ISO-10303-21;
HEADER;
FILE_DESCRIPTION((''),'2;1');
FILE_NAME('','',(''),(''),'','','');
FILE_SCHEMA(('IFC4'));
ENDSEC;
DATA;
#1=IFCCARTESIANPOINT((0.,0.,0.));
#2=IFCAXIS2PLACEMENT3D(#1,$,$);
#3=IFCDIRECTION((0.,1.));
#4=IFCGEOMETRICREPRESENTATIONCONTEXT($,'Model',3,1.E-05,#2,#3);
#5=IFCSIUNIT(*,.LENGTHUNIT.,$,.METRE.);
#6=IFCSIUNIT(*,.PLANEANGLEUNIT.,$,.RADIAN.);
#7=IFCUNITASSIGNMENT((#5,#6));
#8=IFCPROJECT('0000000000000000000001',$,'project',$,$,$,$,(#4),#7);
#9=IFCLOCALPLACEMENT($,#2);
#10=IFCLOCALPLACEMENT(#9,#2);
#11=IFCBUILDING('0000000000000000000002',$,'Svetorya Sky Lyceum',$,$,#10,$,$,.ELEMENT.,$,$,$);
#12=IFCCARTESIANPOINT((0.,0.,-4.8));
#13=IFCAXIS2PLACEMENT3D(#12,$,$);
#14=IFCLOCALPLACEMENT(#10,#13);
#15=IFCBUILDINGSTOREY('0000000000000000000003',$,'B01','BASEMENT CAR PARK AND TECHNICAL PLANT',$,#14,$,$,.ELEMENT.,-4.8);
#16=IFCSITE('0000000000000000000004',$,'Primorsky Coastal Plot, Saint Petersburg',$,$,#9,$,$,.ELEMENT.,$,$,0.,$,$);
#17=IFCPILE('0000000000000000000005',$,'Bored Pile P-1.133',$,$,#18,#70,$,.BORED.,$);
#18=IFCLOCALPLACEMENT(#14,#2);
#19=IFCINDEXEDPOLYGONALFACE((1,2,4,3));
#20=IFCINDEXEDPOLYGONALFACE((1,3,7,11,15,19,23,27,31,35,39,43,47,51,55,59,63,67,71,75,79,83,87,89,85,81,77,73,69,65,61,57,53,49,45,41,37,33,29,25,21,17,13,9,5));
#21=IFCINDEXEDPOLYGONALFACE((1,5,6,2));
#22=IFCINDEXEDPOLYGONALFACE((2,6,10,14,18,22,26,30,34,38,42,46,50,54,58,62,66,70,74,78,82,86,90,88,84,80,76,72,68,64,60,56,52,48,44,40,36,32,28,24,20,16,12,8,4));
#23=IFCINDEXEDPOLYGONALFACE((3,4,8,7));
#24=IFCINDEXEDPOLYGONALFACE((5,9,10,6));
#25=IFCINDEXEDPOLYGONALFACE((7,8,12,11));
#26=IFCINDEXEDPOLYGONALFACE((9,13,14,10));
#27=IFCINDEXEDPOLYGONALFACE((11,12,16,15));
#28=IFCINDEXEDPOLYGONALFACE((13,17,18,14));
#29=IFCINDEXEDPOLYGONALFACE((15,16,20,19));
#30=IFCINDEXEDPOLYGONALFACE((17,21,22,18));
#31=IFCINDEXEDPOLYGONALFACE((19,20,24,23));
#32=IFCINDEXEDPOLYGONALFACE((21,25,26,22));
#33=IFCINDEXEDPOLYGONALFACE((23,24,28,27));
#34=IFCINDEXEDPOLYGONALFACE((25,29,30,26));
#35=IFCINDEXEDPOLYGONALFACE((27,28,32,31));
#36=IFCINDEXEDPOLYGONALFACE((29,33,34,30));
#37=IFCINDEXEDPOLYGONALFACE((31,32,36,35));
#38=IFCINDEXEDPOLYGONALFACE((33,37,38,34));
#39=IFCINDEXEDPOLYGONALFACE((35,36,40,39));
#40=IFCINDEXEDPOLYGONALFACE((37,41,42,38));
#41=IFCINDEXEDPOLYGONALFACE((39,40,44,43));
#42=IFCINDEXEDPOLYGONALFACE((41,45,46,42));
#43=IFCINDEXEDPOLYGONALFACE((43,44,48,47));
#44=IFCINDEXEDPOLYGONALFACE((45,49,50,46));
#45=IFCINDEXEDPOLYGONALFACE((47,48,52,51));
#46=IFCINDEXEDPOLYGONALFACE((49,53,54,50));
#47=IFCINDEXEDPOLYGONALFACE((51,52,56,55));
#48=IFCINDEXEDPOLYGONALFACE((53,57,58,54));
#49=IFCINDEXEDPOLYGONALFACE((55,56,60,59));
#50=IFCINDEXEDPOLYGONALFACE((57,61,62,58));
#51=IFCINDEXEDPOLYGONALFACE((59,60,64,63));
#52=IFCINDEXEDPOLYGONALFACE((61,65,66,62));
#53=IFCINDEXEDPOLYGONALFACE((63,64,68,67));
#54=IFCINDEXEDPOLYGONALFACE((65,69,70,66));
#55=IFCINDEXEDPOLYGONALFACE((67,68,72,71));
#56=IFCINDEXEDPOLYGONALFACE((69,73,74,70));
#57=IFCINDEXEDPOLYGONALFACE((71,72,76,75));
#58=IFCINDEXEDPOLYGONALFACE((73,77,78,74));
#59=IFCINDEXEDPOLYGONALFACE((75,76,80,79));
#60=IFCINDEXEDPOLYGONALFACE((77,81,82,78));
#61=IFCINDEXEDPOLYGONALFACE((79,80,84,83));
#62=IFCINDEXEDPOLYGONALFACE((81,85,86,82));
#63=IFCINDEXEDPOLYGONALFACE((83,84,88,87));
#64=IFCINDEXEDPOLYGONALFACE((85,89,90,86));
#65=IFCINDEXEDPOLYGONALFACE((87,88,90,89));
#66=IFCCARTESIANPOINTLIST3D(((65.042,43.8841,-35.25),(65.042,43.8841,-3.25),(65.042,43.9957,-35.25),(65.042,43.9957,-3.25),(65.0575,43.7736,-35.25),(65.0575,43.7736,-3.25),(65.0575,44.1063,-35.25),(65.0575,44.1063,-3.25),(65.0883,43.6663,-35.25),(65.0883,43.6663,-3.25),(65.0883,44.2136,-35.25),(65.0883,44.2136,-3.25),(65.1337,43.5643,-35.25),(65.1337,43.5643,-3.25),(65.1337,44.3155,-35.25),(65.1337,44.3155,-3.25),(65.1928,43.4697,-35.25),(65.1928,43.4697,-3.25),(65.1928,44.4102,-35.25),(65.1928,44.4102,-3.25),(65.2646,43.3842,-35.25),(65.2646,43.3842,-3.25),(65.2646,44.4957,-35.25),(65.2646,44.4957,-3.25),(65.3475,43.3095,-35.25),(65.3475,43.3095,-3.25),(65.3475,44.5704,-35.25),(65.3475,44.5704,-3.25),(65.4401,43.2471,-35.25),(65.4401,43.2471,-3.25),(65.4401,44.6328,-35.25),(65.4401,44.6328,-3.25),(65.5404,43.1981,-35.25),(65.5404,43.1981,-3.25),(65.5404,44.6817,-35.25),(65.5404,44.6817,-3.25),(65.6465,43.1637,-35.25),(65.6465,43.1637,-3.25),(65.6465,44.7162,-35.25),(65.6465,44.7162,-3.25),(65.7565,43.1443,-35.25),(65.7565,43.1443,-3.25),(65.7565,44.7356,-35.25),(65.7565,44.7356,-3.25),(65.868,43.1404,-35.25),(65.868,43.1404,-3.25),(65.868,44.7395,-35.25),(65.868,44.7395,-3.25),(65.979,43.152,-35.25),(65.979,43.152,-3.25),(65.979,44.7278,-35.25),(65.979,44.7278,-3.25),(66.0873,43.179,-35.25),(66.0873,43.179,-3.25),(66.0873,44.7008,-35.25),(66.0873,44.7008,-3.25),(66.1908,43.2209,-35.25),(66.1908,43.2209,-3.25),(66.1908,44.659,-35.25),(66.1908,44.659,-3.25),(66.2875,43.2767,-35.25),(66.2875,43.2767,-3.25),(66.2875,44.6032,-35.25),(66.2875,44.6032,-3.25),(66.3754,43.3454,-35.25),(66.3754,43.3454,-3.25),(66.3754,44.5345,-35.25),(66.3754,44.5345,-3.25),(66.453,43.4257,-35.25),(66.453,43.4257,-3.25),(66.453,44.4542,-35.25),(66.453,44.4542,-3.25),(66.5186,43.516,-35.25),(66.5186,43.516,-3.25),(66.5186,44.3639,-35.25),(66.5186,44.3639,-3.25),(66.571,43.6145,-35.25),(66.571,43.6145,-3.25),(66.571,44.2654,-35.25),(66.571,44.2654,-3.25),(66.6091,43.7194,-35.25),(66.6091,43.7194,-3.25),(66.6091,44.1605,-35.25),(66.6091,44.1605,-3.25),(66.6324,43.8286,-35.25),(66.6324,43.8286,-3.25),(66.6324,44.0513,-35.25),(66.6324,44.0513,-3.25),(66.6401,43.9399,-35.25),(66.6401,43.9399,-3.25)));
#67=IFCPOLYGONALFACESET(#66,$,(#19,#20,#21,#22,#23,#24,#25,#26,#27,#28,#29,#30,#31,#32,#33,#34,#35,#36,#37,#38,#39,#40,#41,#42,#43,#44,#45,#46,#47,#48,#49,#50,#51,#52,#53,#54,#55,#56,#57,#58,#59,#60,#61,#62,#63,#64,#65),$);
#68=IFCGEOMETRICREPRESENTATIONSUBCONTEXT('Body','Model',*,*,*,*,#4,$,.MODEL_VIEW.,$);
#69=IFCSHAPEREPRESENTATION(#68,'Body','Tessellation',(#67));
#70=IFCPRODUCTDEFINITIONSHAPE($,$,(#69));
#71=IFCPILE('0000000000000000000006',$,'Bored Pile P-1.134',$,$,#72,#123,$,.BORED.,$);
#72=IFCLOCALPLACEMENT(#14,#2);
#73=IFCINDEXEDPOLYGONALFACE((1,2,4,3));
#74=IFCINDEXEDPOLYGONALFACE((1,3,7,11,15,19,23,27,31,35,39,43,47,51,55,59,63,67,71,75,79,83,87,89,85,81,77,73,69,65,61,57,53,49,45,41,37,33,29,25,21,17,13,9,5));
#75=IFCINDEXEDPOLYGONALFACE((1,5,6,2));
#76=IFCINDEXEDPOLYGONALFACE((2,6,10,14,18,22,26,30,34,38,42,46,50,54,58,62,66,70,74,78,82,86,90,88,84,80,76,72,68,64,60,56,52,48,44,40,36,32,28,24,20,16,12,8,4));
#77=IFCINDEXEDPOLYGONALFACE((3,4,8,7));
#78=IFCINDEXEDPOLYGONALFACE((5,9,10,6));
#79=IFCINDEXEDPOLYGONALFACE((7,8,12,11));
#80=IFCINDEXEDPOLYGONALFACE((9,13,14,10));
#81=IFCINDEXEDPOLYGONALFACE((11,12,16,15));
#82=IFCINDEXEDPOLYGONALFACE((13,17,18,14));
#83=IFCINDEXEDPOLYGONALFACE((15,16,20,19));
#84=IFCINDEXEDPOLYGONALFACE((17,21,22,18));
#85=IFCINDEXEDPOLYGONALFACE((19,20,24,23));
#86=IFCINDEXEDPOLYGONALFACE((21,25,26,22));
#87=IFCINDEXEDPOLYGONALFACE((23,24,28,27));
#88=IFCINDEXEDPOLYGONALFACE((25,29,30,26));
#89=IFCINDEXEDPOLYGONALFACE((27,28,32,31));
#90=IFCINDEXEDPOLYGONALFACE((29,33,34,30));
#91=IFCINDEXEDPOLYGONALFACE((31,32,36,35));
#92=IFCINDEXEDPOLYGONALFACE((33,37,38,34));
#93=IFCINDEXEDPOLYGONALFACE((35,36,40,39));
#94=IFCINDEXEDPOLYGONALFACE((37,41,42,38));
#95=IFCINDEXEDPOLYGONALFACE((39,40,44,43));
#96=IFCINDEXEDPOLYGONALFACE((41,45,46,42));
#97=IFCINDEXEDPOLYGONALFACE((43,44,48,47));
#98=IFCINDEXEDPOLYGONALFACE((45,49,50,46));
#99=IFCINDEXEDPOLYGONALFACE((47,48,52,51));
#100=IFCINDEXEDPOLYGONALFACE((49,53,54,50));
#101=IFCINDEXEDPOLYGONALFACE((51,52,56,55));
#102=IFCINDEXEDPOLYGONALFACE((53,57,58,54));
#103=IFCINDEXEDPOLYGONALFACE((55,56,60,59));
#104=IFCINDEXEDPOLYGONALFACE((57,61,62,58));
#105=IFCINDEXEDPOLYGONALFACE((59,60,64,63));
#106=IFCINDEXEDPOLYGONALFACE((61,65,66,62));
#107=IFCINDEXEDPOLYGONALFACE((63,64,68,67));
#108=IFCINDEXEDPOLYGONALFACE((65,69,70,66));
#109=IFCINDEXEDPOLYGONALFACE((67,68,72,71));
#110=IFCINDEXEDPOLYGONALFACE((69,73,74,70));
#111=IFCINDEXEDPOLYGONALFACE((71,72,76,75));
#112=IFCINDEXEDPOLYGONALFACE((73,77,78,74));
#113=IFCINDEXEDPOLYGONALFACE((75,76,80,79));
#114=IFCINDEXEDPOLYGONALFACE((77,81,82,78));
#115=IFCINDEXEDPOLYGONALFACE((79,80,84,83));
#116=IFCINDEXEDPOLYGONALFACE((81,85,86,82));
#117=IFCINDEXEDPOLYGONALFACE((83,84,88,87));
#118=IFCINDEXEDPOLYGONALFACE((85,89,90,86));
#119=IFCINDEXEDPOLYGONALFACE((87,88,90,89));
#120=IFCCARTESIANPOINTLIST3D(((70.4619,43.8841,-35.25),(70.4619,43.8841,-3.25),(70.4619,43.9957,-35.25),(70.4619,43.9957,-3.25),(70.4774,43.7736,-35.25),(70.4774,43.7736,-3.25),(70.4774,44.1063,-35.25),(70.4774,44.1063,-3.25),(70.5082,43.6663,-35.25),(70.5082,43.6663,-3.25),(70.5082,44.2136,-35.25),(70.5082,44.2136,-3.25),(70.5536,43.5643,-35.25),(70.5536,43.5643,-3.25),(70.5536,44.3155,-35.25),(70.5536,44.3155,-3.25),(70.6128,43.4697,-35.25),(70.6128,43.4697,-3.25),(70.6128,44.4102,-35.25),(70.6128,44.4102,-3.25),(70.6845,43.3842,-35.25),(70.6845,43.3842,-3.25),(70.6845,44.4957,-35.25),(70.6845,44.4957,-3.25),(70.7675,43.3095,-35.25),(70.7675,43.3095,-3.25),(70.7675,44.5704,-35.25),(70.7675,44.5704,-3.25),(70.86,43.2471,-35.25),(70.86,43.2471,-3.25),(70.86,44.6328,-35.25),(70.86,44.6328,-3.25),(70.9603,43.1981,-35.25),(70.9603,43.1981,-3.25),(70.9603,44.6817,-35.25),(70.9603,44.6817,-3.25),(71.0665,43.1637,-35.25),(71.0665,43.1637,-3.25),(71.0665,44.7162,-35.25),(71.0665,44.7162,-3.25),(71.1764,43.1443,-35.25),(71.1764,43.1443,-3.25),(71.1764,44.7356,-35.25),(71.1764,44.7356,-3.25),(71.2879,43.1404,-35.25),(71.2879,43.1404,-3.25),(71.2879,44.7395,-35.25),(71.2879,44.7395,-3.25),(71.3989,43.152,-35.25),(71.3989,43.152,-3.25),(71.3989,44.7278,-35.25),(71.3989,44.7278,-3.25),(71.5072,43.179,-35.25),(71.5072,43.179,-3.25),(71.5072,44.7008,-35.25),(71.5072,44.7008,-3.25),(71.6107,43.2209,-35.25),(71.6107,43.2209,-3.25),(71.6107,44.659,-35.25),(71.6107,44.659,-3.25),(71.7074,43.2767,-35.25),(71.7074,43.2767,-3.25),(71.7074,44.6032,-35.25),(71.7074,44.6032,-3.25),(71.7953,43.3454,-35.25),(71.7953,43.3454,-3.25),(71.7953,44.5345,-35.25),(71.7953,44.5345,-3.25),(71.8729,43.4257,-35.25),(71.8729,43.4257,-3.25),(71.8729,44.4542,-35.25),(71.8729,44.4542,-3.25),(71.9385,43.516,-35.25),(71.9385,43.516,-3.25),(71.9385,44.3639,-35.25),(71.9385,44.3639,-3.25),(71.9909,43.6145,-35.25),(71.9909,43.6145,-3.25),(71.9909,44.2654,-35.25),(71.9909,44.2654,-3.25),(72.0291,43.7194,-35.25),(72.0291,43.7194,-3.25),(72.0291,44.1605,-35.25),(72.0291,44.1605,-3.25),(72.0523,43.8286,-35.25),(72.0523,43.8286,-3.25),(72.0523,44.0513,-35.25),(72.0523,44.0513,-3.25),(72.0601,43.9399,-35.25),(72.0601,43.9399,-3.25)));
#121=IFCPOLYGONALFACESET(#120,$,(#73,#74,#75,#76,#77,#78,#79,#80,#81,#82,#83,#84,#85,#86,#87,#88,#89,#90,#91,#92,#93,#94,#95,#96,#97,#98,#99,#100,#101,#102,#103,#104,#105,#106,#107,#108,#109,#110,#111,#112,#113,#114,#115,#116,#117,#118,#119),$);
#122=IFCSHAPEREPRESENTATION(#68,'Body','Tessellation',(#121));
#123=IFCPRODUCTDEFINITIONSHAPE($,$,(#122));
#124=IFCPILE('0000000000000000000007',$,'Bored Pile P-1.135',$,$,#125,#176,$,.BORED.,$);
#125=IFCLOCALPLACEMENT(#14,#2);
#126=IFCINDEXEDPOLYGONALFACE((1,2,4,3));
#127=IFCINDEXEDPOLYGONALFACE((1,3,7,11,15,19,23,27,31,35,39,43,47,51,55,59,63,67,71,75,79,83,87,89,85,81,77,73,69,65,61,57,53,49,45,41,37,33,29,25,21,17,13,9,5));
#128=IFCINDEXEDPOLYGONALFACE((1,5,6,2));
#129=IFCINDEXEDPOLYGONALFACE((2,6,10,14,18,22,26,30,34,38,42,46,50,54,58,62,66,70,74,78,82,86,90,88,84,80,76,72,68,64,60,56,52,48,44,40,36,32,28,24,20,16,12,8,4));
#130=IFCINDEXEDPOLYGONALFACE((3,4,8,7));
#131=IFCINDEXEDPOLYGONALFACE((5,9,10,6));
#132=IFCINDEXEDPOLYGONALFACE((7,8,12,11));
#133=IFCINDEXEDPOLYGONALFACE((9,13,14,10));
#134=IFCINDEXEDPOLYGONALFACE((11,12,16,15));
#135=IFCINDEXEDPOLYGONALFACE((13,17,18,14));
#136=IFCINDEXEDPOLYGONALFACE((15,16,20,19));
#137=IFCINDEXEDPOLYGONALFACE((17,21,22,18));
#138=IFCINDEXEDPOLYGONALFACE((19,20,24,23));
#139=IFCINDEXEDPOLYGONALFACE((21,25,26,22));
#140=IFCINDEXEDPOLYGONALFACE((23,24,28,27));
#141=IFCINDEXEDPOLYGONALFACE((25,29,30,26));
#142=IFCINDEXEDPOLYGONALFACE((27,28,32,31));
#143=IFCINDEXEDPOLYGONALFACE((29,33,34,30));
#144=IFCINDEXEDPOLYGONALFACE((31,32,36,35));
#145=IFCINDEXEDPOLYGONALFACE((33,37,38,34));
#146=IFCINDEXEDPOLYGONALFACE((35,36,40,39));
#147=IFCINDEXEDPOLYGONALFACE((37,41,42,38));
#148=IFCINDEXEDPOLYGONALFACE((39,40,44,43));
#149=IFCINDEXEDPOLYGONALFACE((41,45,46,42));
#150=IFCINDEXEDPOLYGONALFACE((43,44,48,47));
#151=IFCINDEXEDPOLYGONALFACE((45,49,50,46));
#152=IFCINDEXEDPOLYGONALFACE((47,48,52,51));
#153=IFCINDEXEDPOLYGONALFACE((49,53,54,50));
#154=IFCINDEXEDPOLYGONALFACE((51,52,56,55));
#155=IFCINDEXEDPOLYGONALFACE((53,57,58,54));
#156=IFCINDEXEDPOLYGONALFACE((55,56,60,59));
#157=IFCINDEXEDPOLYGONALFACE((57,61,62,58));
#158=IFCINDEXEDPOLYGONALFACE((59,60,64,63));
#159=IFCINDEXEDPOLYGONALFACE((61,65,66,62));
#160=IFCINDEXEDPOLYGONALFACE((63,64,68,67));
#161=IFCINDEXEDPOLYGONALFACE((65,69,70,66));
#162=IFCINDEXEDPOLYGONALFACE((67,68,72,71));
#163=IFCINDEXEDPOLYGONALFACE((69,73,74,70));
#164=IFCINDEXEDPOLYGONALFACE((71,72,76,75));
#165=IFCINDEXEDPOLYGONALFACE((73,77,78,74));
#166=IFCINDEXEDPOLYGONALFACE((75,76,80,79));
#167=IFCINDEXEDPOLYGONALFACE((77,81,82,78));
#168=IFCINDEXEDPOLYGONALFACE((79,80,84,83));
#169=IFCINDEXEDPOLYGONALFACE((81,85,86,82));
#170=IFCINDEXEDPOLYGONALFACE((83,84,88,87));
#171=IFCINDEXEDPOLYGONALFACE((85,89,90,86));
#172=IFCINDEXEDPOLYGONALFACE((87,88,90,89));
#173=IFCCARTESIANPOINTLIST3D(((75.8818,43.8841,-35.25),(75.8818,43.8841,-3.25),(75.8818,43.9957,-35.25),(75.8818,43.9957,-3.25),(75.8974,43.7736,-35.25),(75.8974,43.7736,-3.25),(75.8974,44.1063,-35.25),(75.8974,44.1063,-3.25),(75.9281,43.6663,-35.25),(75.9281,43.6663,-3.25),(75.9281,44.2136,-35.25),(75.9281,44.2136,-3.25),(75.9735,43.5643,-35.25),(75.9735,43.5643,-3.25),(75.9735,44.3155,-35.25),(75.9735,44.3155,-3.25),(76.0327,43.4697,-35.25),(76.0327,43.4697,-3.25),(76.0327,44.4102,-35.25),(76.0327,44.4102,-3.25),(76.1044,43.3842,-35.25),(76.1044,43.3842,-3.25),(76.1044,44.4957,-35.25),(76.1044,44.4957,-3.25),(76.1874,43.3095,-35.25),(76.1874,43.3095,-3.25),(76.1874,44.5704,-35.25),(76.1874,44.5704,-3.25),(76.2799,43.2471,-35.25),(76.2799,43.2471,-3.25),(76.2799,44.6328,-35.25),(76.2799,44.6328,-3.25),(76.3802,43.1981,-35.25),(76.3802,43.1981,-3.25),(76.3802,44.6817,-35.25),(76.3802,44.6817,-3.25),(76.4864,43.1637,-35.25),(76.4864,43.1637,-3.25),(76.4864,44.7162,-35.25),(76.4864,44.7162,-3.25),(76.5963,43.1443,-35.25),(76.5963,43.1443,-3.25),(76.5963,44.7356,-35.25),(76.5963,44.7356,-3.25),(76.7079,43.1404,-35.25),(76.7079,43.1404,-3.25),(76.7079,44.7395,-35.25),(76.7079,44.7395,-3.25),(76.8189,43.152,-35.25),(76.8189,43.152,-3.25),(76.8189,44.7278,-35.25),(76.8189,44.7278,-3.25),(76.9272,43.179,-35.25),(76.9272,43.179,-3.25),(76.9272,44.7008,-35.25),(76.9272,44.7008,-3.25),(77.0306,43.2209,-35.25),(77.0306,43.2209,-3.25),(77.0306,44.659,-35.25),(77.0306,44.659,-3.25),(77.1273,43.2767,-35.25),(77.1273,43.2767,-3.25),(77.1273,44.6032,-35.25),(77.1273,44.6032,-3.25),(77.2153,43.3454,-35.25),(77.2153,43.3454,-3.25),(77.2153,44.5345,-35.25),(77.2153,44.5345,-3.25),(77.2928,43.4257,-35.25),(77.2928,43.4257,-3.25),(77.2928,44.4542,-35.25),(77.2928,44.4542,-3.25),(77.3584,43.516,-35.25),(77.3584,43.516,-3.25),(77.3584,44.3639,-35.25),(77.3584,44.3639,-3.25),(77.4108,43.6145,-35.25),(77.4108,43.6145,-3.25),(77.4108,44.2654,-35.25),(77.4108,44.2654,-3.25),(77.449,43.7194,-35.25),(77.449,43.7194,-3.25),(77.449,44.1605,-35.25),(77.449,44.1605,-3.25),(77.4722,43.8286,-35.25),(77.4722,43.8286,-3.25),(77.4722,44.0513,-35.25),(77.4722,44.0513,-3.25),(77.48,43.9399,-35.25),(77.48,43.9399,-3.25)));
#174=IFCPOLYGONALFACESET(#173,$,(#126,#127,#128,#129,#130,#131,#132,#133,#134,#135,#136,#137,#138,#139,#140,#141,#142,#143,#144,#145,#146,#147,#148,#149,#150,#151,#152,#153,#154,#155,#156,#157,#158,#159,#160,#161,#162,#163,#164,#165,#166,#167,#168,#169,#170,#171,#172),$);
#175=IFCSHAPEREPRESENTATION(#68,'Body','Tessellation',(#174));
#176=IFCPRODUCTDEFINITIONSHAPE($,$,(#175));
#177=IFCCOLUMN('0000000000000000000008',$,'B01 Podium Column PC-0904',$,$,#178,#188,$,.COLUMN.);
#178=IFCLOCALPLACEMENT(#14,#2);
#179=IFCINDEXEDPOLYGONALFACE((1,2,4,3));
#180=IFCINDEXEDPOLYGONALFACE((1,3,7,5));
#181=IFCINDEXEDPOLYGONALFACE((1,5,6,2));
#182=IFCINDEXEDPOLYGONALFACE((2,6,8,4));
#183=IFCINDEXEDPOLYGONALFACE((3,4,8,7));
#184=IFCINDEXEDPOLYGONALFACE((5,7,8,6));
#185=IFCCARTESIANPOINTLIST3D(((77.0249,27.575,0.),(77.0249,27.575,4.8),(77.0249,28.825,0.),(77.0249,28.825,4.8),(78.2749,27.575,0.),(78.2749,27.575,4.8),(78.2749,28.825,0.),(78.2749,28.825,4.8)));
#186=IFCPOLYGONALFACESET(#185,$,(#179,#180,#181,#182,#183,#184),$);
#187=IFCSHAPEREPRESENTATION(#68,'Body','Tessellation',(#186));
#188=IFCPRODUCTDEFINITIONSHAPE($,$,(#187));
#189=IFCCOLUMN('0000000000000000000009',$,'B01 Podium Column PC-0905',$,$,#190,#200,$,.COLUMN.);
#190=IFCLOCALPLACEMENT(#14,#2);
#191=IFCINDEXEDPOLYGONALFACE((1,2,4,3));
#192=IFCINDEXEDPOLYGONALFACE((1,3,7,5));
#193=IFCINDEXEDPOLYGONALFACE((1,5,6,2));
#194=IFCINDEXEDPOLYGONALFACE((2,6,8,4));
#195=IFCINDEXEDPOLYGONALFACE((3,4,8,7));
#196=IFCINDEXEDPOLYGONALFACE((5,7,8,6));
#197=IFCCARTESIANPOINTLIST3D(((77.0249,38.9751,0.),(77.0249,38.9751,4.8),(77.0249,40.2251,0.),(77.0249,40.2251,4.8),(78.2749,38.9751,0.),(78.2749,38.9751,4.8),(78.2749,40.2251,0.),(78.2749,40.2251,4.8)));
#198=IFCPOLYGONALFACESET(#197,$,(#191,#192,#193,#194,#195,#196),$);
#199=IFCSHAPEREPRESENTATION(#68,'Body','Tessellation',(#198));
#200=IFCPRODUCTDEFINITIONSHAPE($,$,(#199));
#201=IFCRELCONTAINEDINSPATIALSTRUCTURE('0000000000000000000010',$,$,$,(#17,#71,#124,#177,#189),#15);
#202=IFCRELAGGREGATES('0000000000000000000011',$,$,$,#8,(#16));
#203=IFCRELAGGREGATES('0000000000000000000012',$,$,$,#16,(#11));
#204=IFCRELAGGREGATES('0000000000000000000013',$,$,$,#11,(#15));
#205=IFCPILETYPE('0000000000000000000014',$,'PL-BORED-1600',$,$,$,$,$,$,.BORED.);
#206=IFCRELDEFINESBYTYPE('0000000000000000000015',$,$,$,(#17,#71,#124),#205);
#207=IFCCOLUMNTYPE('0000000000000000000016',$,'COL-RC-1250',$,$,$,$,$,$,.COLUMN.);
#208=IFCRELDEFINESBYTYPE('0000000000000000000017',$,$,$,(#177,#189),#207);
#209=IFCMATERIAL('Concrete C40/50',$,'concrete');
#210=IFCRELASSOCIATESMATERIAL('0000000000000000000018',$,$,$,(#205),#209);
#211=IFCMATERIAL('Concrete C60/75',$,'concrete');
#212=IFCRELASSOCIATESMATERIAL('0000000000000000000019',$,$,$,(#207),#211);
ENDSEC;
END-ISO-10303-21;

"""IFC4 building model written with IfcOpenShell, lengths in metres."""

from ifc_helpers import new_model, si_unit, direction, frame, origin, origin_2d, place, context, subcontext, project, spatial, rectangle, circle, extrude, material, material_profile, profile_set, type_object, element, save


model = new_model("IFC4")

# Units and contexts
model_context = context("Model", 3, precision=1e-05, world=origin(), true_north=direction((0.0, 1.0)))
body_context = subcontext(model_context, "Body", "Model", "MODEL_VIEW")
ifc_project = project(units=[si_unit("LENGTHUNIT", "METRE"), si_unit("PLANEANGLEUNIT", "RADIAN")], contexts=[model_context])

# Site, building, storey
site_placement = place(None, origin())
site = spatial("IfcSite", under=ifc_project, at=site_placement, Name="Primorsky Coastal Plot, Saint Petersburg", CompositionType="ELEMENT", RefElevation=0.0)
building_placement = place(site_placement, origin())
building = spatial("IfcBuilding", under=site, at=building_placement, Name="Svetorya Sky Lyceum", CompositionType="ELEMENT")
storey_placement = place(building_placement, frame((0.0, 0.0, -4.8)))
storey = spatial("IfcBuildingStorey", under=building, at=storey_placement, Name="B01", Description="BASEMENT CAR PARK AND TECHNICAL PLANT", CompositionType="ELEMENT", Elevation=-4.8)

# Piles
ifc_material_1 = material(Name="Concrete C40/50", Category="concrete")
ifc_material_profile_1 = material_profile(ifc_material_1, circle(Radius=0.8, at=origin_2d()), Name="RC PILE D1600")
ifc_profile_set_1 = profile_set([ifc_material_profile_1], Name="Concrete C40/50")
pile_type = type_object("IfcPileType", Name="PL-BORED-1600", PredefinedType="BORED", material=ifc_profile_set_1)
for number, where, z_axis, x_axis, name in (
    (1, (65.8401, 43.9399, -3.25), (0.0, 0.0, -1.0), (1.0, 0.0, 0.0), "Bored Pile P-1.133"),
    (2, (71.26, 43.9399, -3.25), (0.0, 0.0, -1.0), (1.0, 0.0, 0.0), "Bored Pile P-1.134"),
    (3, (76.6799, 43.9399, -3.25), (0.0, 0.0, -1.0), (1.0, 0.0, 0.0), "Bored Pile P-1.135"),
):
    element("IfcPile", number, at=place(storey_placement, frame(where, z_axis=z_axis, x_axis=x_axis)), inside=storey, type_object=pile_type, Name=name, PredefinedType="BORED", context=body_context, shape_type="SweptSolid", body=[
        extrude(circle(Radius=0.8, at=origin_2d()), origin(), (0.0, 0.0, 1.0), 32.0),
    ])

# Columns
ifc_material_2 = material(Name="Concrete C60/75", Category="concrete")
ifc_material_profile_2 = material_profile(ifc_material_2, rectangle(XDim=1.25, YDim=1.25, at=origin_2d()), Name="RC COL 1250x1250")
ifc_profile_set_2 = profile_set([ifc_material_profile_2], Name="Concrete C60/75")
column_type_1 = type_object("IfcColumnType", Name="COL-RC-1250", PredefinedType="COLUMN", material=ifc_profile_set_2)
for number, where, z_axis, x_axis, name in (
    (4, (77.6499, 28.2, 0.0), (0.0, 0.0, 1.0), (1.0, 0.0, 0.0), "B01 Podium Column PC-0904"),
    (5, (77.6499, 39.6001, 0.0), (0.0, 0.0, 1.0), (1.0, 0.0, 0.0), "B01 Podium Column PC-0905"),
):
    element("IfcColumn", number, at=place(storey_placement, frame(where, z_axis=z_axis, x_axis=x_axis)), inside=storey, type_object=column_type_1, Name=name, PredefinedType="COLUMN", context=body_context, shape_type="SweptSolid", body=[
        extrude(rectangle(XDim=1.25, YDim=1.25, at=origin_2d()), origin(), (0.0, 0.0, 1.0), 4.8),
    ])

save(model, "model.ifc")
